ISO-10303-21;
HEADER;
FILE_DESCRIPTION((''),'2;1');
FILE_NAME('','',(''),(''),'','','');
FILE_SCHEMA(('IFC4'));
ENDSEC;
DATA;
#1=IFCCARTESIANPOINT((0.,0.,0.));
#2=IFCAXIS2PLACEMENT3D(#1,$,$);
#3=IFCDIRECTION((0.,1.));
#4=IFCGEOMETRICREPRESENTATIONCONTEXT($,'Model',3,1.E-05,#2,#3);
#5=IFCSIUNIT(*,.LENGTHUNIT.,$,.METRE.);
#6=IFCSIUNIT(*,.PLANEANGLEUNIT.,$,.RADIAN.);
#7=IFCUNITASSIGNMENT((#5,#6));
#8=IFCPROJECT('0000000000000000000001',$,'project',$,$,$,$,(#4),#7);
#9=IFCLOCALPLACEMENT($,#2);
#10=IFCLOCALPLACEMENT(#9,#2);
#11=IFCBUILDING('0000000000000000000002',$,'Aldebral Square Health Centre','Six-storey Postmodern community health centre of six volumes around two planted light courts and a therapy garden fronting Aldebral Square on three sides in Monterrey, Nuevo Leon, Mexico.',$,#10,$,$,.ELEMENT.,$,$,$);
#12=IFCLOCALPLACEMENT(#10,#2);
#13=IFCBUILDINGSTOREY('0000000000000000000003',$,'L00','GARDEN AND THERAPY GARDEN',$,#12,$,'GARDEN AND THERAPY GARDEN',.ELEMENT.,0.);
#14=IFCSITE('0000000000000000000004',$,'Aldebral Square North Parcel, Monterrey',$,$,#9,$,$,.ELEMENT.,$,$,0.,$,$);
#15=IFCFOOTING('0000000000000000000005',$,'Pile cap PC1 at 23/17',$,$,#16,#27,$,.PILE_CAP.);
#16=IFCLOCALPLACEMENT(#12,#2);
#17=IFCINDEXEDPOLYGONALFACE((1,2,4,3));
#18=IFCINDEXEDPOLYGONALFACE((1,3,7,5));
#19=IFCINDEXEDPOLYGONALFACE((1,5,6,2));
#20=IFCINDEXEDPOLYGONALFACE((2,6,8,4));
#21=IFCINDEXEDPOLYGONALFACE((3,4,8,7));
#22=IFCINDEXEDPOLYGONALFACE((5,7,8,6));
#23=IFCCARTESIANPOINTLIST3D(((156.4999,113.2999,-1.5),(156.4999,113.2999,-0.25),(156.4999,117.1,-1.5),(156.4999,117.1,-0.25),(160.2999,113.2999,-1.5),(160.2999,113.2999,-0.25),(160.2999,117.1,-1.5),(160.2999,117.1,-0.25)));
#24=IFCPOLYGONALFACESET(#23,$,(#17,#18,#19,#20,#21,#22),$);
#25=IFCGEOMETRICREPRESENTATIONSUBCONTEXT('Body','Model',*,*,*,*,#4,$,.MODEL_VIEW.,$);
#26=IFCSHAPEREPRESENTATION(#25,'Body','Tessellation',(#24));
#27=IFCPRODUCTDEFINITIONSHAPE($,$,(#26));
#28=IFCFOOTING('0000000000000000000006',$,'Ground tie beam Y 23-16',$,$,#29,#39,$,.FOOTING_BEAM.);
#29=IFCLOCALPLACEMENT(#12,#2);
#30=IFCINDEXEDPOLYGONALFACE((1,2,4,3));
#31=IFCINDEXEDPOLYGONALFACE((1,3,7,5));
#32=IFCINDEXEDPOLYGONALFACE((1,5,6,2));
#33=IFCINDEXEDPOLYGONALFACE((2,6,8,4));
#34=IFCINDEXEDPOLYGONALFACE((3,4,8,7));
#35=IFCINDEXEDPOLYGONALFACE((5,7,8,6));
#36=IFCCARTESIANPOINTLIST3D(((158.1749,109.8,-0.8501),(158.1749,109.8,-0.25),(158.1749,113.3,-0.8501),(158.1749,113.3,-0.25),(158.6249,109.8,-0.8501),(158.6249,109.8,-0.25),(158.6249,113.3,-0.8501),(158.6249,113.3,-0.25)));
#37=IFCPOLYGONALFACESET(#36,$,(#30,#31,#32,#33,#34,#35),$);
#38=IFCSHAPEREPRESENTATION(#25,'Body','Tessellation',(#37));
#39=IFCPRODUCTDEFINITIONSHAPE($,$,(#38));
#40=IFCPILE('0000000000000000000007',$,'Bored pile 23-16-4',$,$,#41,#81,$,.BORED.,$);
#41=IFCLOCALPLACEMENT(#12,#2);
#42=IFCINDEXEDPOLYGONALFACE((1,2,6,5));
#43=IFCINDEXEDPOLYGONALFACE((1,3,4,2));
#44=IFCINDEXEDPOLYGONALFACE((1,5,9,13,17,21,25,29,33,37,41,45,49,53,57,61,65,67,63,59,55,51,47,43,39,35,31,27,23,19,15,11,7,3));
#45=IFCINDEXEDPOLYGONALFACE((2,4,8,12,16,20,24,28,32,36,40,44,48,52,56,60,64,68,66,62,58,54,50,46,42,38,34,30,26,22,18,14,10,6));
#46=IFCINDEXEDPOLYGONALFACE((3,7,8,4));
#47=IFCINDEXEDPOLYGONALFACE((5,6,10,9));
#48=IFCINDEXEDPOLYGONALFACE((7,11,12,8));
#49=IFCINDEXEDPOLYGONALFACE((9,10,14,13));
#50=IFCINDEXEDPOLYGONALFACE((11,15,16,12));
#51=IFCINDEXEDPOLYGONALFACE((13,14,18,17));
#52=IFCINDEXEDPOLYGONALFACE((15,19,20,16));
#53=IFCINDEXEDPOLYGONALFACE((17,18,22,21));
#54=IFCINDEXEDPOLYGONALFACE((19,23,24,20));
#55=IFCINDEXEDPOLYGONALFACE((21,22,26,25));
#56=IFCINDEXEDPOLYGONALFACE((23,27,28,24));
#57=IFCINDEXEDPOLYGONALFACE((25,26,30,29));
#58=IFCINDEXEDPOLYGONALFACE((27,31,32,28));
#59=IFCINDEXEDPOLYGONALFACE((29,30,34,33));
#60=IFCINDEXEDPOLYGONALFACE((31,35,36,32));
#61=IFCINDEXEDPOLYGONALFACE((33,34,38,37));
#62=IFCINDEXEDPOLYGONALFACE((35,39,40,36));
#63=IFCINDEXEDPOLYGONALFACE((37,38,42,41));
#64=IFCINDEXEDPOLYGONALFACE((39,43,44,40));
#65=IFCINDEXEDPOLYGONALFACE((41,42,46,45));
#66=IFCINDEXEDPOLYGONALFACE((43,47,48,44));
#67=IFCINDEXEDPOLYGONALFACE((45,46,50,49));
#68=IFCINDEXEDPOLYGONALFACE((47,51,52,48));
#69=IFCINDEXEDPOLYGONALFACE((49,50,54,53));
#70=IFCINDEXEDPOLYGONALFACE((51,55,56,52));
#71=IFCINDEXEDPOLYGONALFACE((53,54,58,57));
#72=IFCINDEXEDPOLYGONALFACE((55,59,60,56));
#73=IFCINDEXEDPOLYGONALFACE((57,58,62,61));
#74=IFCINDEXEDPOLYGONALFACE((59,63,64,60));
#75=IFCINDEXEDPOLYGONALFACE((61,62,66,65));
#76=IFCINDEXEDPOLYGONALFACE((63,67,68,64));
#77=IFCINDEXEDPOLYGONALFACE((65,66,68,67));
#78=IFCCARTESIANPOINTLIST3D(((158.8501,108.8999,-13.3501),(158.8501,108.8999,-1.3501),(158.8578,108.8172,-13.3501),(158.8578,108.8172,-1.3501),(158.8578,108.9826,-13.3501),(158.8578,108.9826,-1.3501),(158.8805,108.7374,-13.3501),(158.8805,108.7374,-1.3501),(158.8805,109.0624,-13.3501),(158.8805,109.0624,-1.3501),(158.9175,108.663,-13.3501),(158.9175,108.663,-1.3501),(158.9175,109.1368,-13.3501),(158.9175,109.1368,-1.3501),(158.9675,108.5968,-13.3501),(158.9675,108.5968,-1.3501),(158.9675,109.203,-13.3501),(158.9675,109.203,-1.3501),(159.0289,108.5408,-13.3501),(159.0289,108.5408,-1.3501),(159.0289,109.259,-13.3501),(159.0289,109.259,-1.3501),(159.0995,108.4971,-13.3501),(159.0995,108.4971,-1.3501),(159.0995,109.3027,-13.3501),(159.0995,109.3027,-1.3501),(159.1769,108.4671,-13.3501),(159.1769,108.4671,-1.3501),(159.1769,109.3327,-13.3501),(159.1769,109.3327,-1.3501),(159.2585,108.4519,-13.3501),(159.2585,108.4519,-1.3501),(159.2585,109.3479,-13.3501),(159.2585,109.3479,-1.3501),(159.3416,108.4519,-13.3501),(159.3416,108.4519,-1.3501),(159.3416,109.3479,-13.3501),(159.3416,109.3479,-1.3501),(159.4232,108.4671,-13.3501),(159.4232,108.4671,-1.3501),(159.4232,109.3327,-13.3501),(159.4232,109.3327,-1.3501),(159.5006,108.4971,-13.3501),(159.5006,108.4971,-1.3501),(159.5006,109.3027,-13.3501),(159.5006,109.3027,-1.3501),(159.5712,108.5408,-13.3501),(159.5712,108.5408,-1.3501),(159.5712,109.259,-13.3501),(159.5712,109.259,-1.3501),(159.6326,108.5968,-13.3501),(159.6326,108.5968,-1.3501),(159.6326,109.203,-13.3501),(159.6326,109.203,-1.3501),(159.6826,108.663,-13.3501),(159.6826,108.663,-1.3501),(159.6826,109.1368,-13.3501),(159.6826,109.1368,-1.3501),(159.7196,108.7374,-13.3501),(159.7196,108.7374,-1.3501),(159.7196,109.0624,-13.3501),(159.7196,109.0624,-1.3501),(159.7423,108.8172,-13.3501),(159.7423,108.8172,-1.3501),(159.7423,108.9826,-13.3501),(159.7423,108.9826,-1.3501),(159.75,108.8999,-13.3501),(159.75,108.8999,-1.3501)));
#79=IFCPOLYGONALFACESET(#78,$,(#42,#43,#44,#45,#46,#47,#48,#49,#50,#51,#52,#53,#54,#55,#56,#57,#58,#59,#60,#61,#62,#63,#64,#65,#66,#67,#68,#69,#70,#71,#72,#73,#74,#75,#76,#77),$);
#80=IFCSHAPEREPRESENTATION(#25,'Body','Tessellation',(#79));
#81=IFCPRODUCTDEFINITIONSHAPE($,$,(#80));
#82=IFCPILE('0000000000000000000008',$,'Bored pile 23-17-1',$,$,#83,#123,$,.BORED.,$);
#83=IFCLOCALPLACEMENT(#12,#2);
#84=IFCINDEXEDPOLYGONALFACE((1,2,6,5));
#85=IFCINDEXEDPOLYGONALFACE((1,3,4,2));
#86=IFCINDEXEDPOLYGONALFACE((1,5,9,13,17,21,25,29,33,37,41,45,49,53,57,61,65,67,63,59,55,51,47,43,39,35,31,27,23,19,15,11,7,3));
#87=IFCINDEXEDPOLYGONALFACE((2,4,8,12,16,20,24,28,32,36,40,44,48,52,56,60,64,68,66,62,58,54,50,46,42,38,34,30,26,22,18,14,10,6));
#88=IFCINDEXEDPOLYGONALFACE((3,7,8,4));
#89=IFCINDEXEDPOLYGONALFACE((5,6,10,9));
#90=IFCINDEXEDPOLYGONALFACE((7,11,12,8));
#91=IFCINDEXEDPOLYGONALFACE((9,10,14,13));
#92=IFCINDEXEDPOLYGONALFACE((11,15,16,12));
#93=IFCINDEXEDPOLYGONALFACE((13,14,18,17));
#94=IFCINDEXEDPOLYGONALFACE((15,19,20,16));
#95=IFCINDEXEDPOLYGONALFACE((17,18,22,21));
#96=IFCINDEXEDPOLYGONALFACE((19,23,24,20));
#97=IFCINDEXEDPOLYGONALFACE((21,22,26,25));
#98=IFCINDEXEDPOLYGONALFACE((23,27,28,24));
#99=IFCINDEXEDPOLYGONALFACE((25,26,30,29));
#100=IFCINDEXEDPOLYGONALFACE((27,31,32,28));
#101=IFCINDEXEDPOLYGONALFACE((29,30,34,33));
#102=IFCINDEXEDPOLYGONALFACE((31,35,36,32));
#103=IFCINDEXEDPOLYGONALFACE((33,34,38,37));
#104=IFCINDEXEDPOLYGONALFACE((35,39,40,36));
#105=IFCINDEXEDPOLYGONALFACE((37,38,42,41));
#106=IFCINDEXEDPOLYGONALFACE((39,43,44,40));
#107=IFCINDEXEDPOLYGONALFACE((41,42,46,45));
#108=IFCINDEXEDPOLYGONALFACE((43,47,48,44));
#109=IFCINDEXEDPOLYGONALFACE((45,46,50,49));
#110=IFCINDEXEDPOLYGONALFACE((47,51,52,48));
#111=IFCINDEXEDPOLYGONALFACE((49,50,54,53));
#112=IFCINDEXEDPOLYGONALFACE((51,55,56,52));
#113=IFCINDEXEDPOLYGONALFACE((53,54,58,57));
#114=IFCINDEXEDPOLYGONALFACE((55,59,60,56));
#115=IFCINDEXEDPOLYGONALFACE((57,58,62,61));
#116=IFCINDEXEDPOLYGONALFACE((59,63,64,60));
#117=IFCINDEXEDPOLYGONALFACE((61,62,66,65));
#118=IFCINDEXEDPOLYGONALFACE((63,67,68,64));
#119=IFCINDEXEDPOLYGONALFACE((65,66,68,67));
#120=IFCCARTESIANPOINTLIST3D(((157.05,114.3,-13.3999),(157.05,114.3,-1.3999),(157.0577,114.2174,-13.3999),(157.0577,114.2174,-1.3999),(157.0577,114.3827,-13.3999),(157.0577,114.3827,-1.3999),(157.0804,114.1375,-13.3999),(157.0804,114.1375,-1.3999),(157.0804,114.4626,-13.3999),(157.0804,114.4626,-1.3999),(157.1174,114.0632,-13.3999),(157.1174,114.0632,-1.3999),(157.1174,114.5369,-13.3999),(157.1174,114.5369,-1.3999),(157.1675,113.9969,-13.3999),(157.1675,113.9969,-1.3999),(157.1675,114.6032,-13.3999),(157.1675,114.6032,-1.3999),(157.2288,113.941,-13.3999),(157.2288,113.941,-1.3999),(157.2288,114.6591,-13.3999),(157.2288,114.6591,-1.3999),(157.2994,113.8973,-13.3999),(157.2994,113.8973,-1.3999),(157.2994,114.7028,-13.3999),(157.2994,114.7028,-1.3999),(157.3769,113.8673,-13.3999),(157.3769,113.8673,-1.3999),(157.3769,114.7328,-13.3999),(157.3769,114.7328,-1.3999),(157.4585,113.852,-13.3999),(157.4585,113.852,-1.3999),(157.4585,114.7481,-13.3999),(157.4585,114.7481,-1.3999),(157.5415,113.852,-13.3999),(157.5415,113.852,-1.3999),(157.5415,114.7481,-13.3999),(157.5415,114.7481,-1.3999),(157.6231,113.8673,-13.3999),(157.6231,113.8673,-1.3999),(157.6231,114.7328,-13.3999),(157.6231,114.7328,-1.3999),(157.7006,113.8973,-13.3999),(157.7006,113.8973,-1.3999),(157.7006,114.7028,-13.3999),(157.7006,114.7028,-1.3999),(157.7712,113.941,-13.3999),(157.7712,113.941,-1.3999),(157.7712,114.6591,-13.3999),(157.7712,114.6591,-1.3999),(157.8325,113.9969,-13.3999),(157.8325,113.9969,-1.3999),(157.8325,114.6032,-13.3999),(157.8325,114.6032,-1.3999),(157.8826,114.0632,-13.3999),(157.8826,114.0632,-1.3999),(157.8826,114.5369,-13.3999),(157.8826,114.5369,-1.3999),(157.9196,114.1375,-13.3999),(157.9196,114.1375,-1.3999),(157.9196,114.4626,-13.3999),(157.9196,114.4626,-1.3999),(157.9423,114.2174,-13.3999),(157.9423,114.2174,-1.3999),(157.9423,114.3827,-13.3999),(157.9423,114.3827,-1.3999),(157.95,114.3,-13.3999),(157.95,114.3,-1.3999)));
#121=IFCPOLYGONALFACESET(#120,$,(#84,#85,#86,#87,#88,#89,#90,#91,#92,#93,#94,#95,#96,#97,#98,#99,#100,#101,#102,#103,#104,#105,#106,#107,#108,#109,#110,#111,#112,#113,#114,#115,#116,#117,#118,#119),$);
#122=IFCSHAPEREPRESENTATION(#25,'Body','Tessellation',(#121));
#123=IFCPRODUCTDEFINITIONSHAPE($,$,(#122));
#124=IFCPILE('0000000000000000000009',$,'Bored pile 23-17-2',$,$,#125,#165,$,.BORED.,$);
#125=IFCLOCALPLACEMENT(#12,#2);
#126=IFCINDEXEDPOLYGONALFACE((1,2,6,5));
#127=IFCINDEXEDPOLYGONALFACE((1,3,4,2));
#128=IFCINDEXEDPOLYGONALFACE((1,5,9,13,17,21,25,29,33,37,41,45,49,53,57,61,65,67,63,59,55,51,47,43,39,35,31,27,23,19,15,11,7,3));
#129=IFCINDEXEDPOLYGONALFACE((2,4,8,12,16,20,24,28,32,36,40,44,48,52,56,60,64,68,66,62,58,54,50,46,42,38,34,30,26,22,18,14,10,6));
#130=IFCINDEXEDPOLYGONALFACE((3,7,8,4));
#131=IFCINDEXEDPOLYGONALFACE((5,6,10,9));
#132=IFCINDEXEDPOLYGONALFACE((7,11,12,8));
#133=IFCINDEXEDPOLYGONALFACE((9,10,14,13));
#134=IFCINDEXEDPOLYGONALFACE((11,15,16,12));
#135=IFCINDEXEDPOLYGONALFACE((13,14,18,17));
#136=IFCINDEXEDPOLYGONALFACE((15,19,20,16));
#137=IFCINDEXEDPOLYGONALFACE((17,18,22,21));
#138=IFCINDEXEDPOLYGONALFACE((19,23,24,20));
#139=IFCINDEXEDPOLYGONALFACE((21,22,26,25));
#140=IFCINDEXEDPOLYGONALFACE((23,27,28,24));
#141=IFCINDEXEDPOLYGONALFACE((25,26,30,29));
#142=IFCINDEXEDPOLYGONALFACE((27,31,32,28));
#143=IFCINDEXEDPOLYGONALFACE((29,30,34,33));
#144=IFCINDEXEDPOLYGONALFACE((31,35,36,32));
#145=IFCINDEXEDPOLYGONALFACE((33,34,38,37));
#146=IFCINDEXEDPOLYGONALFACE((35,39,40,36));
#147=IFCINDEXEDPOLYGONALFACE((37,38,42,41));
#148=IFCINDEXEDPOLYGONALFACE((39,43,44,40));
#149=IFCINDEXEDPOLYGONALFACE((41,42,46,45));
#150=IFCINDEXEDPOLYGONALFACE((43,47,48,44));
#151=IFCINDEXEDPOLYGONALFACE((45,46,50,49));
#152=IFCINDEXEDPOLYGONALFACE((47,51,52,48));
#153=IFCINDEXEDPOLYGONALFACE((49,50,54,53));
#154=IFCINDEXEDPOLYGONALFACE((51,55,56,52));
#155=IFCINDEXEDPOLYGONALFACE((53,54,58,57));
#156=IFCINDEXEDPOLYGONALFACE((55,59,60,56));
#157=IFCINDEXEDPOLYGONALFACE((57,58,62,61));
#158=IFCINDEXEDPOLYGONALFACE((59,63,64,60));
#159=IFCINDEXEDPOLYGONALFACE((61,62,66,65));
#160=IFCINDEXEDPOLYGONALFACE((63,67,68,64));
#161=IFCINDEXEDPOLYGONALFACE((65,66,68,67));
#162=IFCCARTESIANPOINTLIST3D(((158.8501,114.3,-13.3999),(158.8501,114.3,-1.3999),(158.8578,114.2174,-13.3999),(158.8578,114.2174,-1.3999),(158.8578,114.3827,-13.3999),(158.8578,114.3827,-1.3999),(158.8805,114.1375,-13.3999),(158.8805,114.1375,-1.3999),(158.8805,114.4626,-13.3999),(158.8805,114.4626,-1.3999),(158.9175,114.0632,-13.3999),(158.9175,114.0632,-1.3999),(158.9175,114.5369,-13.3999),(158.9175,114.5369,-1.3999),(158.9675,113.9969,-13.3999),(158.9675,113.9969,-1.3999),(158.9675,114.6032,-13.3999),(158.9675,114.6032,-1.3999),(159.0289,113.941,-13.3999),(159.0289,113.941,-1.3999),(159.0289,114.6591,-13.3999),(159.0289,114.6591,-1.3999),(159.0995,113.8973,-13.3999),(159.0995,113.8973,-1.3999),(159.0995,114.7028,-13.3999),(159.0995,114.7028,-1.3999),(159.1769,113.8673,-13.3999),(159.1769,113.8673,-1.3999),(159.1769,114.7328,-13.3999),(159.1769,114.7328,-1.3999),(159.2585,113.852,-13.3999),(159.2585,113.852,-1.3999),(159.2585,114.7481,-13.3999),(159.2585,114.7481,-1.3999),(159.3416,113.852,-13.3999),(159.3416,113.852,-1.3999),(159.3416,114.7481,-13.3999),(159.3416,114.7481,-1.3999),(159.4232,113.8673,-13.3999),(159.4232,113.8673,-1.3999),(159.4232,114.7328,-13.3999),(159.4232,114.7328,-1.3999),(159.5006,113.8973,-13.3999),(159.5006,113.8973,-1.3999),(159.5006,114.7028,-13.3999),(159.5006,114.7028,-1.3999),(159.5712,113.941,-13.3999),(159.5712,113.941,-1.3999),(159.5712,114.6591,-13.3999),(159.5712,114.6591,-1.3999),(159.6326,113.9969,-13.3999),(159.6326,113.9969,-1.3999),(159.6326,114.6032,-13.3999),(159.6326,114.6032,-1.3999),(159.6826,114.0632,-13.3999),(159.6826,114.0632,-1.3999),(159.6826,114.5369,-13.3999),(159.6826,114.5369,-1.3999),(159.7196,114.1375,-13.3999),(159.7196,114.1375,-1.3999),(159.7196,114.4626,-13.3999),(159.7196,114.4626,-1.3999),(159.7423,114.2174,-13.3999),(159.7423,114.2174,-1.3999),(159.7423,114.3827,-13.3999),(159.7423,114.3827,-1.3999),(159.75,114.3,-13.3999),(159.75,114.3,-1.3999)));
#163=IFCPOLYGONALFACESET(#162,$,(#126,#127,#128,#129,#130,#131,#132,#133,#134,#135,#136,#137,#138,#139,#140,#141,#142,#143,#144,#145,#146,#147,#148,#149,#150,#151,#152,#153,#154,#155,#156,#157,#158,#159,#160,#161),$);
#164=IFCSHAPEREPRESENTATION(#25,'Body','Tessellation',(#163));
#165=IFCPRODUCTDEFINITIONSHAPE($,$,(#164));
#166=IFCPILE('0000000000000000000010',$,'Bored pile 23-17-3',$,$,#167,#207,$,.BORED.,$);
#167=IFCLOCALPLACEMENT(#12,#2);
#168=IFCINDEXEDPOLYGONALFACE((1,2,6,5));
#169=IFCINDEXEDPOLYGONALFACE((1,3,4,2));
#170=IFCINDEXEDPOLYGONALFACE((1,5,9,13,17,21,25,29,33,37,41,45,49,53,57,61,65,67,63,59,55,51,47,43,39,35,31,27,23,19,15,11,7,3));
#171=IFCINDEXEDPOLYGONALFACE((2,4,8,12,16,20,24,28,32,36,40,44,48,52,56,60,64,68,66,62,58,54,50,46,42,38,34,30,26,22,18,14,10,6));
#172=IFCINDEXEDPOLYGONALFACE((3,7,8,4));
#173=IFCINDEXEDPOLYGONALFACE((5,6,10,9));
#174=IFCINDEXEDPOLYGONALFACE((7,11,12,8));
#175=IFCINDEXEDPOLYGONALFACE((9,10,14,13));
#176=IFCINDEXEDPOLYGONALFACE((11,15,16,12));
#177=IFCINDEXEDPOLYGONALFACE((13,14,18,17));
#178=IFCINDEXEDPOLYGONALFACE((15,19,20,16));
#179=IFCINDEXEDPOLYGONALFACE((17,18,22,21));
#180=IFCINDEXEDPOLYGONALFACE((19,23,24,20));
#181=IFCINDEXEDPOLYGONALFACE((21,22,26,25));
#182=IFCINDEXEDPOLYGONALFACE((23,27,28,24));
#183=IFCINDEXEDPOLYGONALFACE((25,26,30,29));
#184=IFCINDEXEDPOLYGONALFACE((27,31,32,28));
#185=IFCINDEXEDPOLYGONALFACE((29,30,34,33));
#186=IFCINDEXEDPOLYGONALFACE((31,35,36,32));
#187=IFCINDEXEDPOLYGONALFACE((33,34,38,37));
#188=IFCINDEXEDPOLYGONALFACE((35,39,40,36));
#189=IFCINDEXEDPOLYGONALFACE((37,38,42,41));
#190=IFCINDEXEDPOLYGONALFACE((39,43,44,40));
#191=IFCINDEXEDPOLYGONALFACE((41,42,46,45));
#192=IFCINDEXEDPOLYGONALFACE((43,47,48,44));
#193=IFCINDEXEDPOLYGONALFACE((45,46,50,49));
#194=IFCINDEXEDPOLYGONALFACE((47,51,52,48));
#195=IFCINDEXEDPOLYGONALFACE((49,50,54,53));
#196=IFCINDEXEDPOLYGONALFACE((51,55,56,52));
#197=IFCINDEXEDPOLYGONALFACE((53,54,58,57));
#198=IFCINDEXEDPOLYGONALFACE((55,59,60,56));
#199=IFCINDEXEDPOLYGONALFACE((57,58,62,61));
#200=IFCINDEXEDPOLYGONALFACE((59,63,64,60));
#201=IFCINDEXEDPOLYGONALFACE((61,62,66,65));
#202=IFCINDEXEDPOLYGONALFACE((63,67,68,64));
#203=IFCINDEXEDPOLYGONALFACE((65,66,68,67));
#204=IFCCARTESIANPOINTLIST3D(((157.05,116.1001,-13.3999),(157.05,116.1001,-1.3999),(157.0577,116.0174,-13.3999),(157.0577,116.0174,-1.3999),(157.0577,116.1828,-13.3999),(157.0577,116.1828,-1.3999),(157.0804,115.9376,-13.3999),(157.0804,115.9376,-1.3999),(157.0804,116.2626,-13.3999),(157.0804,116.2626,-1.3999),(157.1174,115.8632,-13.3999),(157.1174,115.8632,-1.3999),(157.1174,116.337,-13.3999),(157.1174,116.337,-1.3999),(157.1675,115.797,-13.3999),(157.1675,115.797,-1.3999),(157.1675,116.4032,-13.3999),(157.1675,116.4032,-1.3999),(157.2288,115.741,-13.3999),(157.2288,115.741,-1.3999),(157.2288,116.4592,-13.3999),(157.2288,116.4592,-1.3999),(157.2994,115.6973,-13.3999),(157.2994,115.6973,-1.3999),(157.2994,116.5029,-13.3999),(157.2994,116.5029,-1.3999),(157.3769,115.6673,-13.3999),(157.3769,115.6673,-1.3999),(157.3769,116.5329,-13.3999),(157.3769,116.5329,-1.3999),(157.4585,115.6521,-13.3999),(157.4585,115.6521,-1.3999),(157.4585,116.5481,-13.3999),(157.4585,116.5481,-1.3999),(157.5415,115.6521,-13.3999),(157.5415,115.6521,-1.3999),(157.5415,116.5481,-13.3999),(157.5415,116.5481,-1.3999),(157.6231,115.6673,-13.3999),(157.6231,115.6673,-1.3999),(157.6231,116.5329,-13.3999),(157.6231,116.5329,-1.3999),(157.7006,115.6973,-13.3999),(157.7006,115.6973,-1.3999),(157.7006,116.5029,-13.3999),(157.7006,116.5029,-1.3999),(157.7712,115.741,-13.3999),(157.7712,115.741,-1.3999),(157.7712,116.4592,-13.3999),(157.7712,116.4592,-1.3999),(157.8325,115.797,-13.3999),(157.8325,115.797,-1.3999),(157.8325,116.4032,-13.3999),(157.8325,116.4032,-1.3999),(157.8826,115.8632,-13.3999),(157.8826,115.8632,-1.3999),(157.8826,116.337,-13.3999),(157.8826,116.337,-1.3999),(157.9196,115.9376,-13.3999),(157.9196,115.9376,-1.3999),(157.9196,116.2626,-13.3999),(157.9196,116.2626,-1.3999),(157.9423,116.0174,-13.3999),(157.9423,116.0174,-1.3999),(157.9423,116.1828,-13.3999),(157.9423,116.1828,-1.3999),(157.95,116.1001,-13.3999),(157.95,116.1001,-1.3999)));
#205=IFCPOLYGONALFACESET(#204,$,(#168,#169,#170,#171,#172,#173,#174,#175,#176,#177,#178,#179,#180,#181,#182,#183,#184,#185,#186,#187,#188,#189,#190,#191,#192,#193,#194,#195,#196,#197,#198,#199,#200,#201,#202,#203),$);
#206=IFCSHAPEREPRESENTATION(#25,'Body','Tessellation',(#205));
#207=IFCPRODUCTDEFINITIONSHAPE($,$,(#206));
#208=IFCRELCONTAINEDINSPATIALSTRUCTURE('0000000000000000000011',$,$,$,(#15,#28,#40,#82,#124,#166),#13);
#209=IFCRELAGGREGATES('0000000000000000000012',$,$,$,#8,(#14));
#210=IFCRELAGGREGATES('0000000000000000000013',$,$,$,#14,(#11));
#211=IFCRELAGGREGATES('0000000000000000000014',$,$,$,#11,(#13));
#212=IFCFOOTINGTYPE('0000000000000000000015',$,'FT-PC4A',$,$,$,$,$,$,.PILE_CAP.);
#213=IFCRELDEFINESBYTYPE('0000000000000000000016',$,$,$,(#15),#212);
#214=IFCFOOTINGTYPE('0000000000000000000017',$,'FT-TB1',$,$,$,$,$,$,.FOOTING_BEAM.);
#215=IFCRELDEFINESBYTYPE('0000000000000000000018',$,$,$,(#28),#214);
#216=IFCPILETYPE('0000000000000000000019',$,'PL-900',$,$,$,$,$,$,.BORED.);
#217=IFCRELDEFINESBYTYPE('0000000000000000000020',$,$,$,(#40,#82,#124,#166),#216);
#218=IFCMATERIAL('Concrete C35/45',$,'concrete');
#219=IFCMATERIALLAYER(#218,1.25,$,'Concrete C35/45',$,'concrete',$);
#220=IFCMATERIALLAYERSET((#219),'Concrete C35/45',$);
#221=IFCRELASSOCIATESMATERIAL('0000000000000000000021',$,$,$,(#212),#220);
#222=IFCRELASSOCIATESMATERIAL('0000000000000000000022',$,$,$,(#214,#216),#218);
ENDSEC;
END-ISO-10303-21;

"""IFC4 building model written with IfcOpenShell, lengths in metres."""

from ifc_helpers import new_model, si_unit, direction, frame, origin, origin_2d, place, context, subcontext, project, spatial, rectangle, circle, extrude, material, layer, layer_set, material_profile, profile_set, type_object, element, save


model = new_model("IFC4")

# Units and contexts
model_context = context("Model", 3, precision=1e-05, world=origin(), true_north=direction((0.0, 1.0)))
body_context = subcontext(model_context, "Body", "Model", "MODEL_VIEW")
ifc_project = project(units=[si_unit("LENGTHUNIT", "METRE"), si_unit("PLANEANGLEUNIT", "RADIAN")], contexts=[model_context])

# Site, building, storey
site_placement = place(None, origin())
site = spatial("IfcSite", under=ifc_project, at=site_placement, Name="Aldebral Square North Parcel, Monterrey", CompositionType="ELEMENT", RefElevation=0.0)
building_placement = place(site_placement, origin())
building = spatial("IfcBuilding", under=site, at=building_placement, Name="Aldebral Square Health Centre", Description="Six-storey Postmodern community health centre of six volumes around two planted light courts and a therapy garden fronting Aldebral Square on three sides in Monterrey, Nuevo Leon, Mexico.", CompositionType="ELEMENT")
storey_placement = place(building_placement, origin())
storey = spatial("IfcBuildingStorey", under=building, at=storey_placement, Name="L00", Description="GARDEN AND THERAPY GARDEN", LongName="GARDEN AND THERAPY GARDEN", CompositionType="ELEMENT", Elevation=0.0)

# Footings
ifc_material_1 = material(Name="Concrete C35/45", Category="concrete")
ifc_layer_1 = layer(ifc_material_1, 1.25, Name="Concrete C35/45", Category="concrete")
ifc_layer_set_1 = layer_set([ifc_layer_1], Name="Concrete C35/45")
footing_type_1 = type_object("IfcFootingType", Name="FT-PC4A", PredefinedType="PILE_CAP", material=ifc_layer_set_1)
footing_1_placement = place(storey_placement, frame((158.3999, 115.2, -1.5), z_axis=(0.0, 0.0, 1.0), x_axis=(1.0, 0.0, 0.0)))
element("IfcFooting", 1, at=footing_1_placement, inside=storey, type_object=footing_type_1, Name="Pile cap PC1 at 23/17", PredefinedType="PILE_CAP", context=body_context, shape_type="SweptSolid", body=[
    extrude(rectangle(XDim=3.8, YDim=3.8, at=origin_2d()), origin(), (0.0, 0.0, 1.0), 1.25),
])
ifc_material_profile_1 = material_profile(ifc_material_1, rectangle(XDim=0.45, YDim=0.6001, at=origin_2d()), Name="RC 450x600")
ifc_profile_set_1 = profile_set([ifc_material_profile_1], Name="Concrete C35/45")
footing_type_2 = type_object("IfcFootingType", Name="FT-TB1", PredefinedType="FOOTING_BEAM", material=ifc_profile_set_1)
footing_2_placement = place(storey_placement, frame((158.3999, 109.8, -0.55), z_axis=(0.0, 1.0, 0.0), x_axis=(-1.0, 0.0, 0.0)))
element("IfcFooting", 2, at=footing_2_placement, inside=storey, type_object=footing_type_2, Name="Ground tie beam Y 23-16", PredefinedType="FOOTING_BEAM", context=body_context, shape_type="SweptSolid", body=[
    extrude(rectangle(XDim=0.45, YDim=0.6001, at=origin_2d()), origin(), (0.0, 0.0, 1.0), 3.5),
])

# Piles
ifc_material_profile_2 = material_profile(ifc_material_1, circle(Radius=0.45, at=origin_2d()), Name="PILE D900")
ifc_profile_set_2 = profile_set([ifc_material_profile_2], Name="Concrete C35/45")
pile_type = type_object("IfcPileType", Name="PL-900", PredefinedType="BORED", material=ifc_profile_set_2)
for number, where, z_axis, x_axis, name in (
    (3, (159.3, 108.8999, -1.3501), (0.0, 0.0, -1.0), (1.0, 0.0, 0.0), "Bored pile 23-16-4"),
    (4, (157.5, 114.3, -1.3999), (0.0, 0.0, -1.0), (1.0, 0.0, 0.0), "Bored pile 23-17-1"),
    (5, (159.3, 114.3, -1.3999), (0.0, 0.0, -1.0), (1.0, 0.0, 0.0), "Bored pile 23-17-2"),
    (6, (157.5, 116.1001, -1.3999), (0.0, 0.0, -1.0), (1.0, 0.0, 0.0), "Bored pile 23-17-3"),
):
    element("IfcPile", number, at=place(storey_placement, frame(where, z_axis=z_axis, x_axis=x_axis)), inside=storey, type_object=pile_type, Name=name, PredefinedType="BORED", context=body_context, shape_type="SweptSolid", body=[
        extrude(circle(Radius=0.45, at=origin_2d()), origin(), (0.0, 0.0, 1.0), 12.0),
    ])

save(model, "model.ifc")
